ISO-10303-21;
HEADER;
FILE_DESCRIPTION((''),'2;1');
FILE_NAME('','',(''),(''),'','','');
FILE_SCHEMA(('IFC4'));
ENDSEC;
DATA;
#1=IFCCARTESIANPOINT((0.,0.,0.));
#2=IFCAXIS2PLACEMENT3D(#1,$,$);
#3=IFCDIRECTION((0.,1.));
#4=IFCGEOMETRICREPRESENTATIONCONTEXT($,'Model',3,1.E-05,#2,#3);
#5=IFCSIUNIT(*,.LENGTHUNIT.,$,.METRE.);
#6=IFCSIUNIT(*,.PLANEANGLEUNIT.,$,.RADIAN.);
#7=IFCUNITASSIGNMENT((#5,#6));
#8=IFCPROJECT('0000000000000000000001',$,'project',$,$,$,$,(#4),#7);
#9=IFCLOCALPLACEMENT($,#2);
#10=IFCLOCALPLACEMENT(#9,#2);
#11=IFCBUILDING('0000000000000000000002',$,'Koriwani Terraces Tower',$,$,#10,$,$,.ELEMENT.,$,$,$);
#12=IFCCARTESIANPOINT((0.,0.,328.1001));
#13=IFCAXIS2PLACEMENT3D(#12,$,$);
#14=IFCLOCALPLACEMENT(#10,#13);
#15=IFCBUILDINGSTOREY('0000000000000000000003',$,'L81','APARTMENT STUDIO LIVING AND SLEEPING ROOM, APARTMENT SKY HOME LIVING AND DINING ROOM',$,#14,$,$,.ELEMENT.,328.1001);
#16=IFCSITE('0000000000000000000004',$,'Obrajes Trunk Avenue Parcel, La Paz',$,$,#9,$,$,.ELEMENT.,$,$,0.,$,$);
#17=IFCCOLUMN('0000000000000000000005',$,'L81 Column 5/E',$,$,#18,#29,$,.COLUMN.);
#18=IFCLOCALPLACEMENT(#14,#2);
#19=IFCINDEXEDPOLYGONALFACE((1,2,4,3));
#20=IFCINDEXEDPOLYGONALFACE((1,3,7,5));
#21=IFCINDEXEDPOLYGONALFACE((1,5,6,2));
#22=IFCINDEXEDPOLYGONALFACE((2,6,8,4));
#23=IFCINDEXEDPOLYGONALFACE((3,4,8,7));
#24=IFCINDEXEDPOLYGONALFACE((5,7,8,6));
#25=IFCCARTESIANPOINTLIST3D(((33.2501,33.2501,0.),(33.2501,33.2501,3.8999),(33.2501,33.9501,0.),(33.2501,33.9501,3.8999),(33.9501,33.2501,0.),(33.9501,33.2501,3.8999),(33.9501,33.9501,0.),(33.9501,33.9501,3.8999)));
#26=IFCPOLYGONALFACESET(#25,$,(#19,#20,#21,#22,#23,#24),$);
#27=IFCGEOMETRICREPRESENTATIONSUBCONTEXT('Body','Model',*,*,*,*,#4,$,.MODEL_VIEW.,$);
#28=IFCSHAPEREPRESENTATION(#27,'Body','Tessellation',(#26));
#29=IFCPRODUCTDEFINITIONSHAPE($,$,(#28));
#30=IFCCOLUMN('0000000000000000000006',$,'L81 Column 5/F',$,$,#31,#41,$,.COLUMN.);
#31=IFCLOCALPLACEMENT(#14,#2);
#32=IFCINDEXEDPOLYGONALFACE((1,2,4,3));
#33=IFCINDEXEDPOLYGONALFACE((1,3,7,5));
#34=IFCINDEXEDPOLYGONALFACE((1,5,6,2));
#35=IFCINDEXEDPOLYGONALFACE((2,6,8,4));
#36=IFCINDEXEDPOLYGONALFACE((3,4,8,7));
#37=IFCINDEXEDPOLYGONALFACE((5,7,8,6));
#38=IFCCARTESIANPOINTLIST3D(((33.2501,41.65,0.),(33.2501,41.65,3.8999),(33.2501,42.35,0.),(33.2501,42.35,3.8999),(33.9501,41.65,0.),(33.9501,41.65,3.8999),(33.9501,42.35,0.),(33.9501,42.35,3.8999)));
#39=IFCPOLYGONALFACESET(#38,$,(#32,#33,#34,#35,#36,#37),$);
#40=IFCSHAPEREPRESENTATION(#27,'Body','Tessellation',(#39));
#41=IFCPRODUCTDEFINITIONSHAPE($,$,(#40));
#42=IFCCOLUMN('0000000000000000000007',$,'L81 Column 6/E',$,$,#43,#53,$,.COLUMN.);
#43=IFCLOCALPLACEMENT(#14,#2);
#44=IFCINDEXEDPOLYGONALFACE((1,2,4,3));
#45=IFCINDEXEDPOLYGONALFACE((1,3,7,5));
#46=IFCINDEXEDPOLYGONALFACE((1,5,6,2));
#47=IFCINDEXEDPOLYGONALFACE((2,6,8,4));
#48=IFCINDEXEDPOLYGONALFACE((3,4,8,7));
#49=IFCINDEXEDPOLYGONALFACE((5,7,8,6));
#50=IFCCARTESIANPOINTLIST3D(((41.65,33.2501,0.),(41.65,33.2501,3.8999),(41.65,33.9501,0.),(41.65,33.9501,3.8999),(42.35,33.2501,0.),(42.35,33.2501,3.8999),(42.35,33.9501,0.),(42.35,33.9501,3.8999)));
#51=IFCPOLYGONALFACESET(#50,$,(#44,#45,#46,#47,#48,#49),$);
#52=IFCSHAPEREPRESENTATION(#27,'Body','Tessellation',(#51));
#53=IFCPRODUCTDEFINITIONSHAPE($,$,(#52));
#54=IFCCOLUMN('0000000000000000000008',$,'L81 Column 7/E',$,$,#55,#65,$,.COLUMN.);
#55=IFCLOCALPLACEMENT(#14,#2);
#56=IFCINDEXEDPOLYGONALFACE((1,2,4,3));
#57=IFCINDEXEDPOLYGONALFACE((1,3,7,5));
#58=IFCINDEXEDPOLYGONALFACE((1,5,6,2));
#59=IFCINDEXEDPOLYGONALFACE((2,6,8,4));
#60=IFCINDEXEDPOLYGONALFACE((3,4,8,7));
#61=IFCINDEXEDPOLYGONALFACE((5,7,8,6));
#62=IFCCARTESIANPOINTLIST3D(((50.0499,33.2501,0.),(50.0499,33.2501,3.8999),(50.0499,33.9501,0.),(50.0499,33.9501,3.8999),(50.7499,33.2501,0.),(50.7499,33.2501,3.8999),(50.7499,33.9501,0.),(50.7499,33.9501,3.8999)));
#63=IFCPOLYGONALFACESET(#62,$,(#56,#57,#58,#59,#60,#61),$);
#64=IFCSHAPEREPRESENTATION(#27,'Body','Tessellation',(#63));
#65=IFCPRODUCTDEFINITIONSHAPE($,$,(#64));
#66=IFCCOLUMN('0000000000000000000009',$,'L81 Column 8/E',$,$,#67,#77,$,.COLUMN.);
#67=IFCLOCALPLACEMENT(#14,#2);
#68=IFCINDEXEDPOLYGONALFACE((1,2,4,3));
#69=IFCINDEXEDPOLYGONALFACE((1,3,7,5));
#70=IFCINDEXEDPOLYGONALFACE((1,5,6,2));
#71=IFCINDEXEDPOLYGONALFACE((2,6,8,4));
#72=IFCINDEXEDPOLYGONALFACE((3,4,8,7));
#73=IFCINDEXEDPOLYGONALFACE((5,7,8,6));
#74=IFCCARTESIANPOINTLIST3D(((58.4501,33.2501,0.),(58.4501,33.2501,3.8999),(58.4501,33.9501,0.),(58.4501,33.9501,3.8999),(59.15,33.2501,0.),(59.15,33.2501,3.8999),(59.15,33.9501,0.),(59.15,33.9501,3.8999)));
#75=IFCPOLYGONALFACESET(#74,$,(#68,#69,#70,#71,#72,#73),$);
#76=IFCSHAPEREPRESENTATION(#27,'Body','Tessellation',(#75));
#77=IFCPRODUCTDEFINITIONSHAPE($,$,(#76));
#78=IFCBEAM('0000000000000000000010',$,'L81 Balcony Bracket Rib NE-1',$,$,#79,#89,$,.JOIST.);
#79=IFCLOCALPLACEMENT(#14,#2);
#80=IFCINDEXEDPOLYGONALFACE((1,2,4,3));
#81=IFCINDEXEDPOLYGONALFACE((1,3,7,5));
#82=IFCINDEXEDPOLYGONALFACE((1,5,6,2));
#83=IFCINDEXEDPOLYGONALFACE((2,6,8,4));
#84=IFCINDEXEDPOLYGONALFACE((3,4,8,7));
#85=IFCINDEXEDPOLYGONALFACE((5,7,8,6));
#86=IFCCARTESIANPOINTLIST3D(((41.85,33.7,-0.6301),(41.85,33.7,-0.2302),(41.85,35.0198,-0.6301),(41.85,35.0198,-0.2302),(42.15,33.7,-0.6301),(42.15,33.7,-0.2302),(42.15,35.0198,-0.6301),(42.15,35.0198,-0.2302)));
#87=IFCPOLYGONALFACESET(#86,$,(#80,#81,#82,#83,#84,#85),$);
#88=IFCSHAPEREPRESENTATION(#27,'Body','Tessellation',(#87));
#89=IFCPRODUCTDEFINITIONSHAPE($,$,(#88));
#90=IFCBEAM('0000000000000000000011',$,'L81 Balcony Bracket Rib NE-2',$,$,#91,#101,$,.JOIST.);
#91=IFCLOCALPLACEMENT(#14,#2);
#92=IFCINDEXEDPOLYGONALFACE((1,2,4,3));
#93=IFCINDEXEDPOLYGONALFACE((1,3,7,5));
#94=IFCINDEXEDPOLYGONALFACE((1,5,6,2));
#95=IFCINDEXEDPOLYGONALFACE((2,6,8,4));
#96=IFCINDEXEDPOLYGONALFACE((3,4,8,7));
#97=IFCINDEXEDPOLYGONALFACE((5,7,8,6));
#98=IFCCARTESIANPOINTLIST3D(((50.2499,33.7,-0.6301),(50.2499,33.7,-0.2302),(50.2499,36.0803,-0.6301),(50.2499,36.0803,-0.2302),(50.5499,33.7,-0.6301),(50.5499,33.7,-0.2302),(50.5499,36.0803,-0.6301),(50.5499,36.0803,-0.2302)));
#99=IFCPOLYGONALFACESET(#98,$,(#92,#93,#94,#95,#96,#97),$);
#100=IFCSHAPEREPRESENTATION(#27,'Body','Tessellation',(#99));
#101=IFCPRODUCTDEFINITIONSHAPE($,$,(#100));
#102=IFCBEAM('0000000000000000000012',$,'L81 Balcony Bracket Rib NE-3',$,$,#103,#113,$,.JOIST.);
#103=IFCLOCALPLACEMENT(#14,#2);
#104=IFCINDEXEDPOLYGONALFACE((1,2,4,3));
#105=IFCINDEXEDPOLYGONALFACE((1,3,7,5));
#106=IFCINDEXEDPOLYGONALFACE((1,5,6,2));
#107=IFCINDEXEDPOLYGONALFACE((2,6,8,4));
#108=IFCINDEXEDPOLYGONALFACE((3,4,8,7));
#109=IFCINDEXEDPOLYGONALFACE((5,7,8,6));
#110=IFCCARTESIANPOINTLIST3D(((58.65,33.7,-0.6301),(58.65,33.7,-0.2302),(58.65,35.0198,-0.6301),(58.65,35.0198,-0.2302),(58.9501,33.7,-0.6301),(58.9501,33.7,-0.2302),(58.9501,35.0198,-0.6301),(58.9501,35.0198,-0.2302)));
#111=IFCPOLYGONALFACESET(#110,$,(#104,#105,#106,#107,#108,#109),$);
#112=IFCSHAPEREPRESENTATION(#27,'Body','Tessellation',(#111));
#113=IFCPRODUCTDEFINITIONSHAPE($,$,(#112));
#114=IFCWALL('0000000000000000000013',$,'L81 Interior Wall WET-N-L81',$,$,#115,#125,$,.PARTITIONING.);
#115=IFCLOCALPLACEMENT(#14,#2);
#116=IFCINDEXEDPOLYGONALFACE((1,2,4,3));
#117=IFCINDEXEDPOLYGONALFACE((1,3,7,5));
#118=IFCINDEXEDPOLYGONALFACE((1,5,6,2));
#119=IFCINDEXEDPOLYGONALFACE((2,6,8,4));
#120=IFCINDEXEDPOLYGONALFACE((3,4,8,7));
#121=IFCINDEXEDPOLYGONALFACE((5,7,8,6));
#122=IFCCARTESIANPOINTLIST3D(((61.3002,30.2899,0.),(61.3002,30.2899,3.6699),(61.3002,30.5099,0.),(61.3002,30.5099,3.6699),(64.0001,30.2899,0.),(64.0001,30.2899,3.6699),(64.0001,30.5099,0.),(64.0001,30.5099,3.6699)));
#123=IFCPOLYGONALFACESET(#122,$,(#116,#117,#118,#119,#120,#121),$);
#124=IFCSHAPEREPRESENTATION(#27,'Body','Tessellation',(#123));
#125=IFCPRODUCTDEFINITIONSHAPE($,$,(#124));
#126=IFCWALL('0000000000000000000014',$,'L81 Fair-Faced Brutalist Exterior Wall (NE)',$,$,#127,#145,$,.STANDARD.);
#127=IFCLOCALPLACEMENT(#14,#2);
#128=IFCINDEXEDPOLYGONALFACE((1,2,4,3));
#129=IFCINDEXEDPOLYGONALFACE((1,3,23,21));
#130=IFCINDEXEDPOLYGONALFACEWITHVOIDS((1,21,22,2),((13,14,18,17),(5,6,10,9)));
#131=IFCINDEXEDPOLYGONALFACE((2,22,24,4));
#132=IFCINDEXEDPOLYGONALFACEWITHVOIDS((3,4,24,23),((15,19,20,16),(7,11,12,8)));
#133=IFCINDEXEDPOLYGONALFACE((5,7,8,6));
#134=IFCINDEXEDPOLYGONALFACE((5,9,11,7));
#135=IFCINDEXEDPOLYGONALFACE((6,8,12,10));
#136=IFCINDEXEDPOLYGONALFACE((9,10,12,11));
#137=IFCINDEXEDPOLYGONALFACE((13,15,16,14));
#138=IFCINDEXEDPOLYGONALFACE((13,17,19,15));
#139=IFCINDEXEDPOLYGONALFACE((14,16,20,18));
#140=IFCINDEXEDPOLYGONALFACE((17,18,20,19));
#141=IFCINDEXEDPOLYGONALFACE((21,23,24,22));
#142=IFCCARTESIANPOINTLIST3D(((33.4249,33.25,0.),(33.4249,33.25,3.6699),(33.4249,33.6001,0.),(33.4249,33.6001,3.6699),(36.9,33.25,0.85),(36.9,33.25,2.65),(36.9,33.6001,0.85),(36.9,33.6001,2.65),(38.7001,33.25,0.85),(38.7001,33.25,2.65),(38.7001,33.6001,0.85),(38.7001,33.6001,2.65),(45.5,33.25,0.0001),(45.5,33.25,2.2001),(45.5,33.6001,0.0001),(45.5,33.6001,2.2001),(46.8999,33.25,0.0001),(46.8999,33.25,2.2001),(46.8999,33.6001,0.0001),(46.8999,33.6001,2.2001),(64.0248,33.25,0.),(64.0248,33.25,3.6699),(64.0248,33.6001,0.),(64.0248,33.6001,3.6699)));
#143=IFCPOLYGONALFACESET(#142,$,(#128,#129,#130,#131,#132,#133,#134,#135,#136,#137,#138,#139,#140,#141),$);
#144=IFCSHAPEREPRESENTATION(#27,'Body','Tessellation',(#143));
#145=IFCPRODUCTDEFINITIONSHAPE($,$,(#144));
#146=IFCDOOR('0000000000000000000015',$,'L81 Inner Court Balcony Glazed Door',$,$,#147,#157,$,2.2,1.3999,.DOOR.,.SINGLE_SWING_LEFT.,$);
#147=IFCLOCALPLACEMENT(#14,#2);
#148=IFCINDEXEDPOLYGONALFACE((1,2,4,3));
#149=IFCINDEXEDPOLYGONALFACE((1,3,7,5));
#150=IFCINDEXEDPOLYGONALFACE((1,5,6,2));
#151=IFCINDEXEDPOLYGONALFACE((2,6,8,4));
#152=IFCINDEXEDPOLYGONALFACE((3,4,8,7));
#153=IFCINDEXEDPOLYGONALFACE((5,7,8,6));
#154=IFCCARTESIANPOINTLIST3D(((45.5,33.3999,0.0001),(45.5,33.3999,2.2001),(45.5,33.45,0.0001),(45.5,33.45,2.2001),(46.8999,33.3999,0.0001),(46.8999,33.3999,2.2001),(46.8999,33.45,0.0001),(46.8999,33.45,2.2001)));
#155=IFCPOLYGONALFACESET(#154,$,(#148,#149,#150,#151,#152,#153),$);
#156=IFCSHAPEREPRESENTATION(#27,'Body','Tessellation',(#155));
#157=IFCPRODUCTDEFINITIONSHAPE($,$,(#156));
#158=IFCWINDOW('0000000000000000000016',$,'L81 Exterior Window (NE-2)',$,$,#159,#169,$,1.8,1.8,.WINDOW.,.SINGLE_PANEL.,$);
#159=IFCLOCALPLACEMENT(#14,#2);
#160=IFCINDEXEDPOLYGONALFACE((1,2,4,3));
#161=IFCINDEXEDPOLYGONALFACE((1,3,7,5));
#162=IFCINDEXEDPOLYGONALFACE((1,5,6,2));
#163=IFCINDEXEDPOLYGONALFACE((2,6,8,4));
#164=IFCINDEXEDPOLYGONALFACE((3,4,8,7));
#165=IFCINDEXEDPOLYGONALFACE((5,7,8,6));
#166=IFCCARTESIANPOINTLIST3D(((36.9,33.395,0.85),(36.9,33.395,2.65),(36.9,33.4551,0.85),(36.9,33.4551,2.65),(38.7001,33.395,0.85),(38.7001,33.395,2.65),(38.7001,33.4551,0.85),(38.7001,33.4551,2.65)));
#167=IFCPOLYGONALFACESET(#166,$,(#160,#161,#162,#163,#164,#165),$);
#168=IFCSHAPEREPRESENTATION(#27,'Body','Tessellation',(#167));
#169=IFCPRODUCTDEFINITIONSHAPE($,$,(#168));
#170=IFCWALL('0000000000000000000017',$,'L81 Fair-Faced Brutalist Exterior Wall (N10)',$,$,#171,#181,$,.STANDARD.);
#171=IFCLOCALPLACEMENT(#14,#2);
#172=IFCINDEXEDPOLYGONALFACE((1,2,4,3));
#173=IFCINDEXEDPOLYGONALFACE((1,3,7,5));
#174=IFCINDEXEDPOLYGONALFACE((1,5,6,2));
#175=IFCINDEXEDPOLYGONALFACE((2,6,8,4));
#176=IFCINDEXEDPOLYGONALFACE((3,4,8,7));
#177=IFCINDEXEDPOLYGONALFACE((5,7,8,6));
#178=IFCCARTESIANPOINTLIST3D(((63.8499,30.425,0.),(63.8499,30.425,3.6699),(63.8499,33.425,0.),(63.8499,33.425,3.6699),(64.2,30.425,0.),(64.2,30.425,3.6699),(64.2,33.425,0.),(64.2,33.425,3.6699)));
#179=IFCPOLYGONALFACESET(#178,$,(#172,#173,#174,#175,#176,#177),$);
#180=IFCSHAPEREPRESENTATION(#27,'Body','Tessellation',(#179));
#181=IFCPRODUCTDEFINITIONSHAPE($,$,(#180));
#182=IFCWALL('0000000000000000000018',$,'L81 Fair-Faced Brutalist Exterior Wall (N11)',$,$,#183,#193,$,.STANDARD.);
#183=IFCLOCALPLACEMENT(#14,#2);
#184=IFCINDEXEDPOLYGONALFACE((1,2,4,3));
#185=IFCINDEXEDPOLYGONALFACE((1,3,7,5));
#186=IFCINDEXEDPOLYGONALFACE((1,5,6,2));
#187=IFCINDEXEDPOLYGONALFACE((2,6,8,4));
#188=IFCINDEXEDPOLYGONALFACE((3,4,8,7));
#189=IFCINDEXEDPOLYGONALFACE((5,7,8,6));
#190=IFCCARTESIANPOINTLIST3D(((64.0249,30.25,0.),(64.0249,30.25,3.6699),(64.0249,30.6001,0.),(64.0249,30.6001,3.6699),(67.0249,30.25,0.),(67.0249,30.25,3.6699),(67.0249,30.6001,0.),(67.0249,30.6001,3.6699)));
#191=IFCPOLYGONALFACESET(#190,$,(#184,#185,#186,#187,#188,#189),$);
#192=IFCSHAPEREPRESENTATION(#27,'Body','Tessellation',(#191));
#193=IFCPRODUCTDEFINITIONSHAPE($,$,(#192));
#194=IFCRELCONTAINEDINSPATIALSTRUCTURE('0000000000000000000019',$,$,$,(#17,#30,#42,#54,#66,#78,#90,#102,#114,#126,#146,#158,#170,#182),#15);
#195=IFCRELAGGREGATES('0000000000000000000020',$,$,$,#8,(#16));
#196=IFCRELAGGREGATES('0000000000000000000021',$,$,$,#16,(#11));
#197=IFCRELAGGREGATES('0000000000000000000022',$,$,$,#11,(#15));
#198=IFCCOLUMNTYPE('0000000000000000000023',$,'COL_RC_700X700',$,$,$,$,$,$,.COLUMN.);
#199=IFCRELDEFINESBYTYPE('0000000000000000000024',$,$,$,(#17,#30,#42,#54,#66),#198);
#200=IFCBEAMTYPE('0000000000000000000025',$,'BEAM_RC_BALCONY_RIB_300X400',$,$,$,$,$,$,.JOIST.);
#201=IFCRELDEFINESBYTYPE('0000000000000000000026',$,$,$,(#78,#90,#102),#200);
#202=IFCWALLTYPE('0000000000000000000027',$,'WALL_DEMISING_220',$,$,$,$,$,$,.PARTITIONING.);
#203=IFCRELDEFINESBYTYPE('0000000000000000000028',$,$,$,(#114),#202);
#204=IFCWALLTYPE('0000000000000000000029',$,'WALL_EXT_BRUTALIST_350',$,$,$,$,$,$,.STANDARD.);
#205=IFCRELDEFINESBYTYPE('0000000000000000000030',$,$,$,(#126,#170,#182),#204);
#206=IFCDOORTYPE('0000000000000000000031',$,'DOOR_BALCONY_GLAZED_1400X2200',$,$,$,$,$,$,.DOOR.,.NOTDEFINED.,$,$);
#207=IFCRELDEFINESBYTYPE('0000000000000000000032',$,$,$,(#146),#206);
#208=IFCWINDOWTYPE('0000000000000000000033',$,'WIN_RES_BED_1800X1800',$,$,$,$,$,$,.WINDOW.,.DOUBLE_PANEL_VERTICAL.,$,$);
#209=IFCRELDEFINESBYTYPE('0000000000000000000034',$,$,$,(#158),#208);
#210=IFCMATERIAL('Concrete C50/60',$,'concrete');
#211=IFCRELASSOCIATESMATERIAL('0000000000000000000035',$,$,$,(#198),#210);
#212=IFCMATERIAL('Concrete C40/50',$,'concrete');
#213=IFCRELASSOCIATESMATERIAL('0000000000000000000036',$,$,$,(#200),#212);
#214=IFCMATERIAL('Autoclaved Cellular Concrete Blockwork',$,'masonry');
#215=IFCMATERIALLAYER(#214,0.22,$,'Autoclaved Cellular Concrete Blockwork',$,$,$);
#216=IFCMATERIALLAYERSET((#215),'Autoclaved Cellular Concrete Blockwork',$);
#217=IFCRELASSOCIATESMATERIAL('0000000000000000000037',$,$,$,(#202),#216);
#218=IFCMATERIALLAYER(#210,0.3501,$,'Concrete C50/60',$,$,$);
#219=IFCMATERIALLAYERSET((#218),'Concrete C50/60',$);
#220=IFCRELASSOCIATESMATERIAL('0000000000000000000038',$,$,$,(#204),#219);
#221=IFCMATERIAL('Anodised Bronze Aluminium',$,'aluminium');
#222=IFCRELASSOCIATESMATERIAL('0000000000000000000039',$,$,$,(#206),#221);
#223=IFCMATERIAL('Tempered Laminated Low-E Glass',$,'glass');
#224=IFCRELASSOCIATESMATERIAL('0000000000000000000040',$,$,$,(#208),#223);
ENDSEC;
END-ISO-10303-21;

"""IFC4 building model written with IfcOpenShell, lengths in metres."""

from ifc_helpers import new_model, si_unit, direction, frame, frame_2d, origin, origin_2d, place, context, subcontext, project, spatial, rectangle, extrude, material, layer, layer_set, material_profile, profile_set, type_object, element, fill, save


model = new_model("IFC4")

# Units and contexts
model_context = context("Model", 3, precision=1e-05, world=origin(), true_north=direction((0.0, 1.0)))
body_context = subcontext(model_context, "Body", "Model", "MODEL_VIEW")
ifc_project = project(units=[si_unit("LENGTHUNIT", "METRE"), si_unit("PLANEANGLEUNIT", "RADIAN")], contexts=[model_context])

# Site, building, storey
site_placement = place(None, origin())
site = spatial("IfcSite", under=ifc_project, at=site_placement, Name="Obrajes Trunk Avenue Parcel, La Paz", CompositionType="ELEMENT", RefElevation=0.0)
building_placement = place(site_placement, origin())
building = spatial("IfcBuilding", under=site, at=building_placement, Name="Koriwani Terraces Tower", CompositionType="ELEMENT")
storey_placement = place(building_placement, frame((0.0, 0.0, 328.1001)))
storey = spatial("IfcBuildingStorey", under=building, at=storey_placement, Name="L81", Description="APARTMENT STUDIO LIVING AND SLEEPING ROOM, APARTMENT SKY HOME LIVING AND DINING ROOM", CompositionType="ELEMENT", Elevation=328.1001)

# Columns
ifc_material_1 = material(Name="Concrete C50/60", Category="concrete")
ifc_material_profile_1 = material_profile(ifc_material_1, rectangle(XDim=0.7, YDim=0.7, at=origin_2d()), Name="Concrete C50/60", Category="LoadBearing")
ifc_profile_set_1 = profile_set([ifc_material_profile_1], Name="Concrete C50/60")
column_type = type_object("IfcColumnType", Name="COL_RC_700X700", PredefinedType="COLUMN", material=ifc_profile_set_1)
for number, where, z_axis, x_axis, name in (
    (1, (33.6001, 33.6001, 0.0), (0.0, 0.0, 1.0), (1.0, 0.0, 0.0), "L81 Column 5/E"),
    (2, (33.6001, 42.0, 0.0), (0.0, 0.0, 1.0), (1.0, 0.0, 0.0), "L81 Column 5/F"),
    (3, (42.0, 33.6001, 0.0), (0.0, 0.0, 1.0), (1.0, 0.0, 0.0), "L81 Column 6/E"),
    (4, (50.3999, 33.6001, 0.0), (0.0, 0.0, 1.0), (1.0, 0.0, 0.0), "L81 Column 7/E"),
    (5, (58.8, 33.6001, 0.0), (0.0, 0.0, 1.0), (1.0, 0.0, 0.0), "L81 Column 8/E"),
):
    element("IfcColumn", number, at=place(storey_placement, frame(where, z_axis=z_axis, x_axis=x_axis)), inside=storey, type_object=column_type, Name=name, PredefinedType="COLUMN", context=body_context, shape_type="SweptSolid", body=[
        extrude(rectangle(XDim=0.7, YDim=0.7, at=origin_2d()), origin(), (0.0, 0.0, 1.0), 3.8999),
    ])

# Beams
ifc_material_2 = material(Name="Concrete C40/50", Category="concrete")
ifc_material_profile_2 = material_profile(ifc_material_2, rectangle(XDim=0.3, YDim=0.3999, at=origin_2d()), Name="Concrete C40/50", Category="LoadBearing")
ifc_profile_set_2 = profile_set([ifc_material_profile_2], Name="Concrete C40/50")
beam_type = type_object("IfcBeamType", Name="BEAM_RC_BALCONY_RIB_300X400", PredefinedType="JOIST", material=ifc_profile_set_2)
beam_1_placement = place(storey_placement, frame((42.0, 33.7, -0.4302), z_axis=(0.0, 1.0, 0.0), x_axis=(-1.0, 0.0, 0.0)))
element("IfcBeam", 6, at=beam_1_placement, inside=storey, type_object=beam_type, Name="L81 Balcony Bracket Rib NE-1", PredefinedType="JOIST", context=body_context, shape_type="SweptSolid", body=[
    extrude(rectangle(XDim=0.3, YDim=0.3999, at=origin_2d()), origin(), (0.0, 0.0, 1.0), 1.3198),
])
beam_2_placement = place(storey_placement, frame((50.3999, 33.7, -0.4302), z_axis=(0.0, 1.0, 0.0), x_axis=(-1.0, 0.0, 0.0)))
element("IfcBeam", 7, at=beam_2_placement, inside=storey, type_object=beam_type, Name="L81 Balcony Bracket Rib NE-2", PredefinedType="JOIST", context=body_context, shape_type="SweptSolid", body=[
    extrude(rectangle(XDim=0.3, YDim=0.3999, at=origin_2d()), origin(), (0.0, 0.0, 1.0), 2.3804),
])
beam_3_placement = place(storey_placement, frame((58.8, 33.7, -0.4302), z_axis=(0.0, 1.0, 0.0), x_axis=(-1.0, 0.0, 0.0)))
element("IfcBeam", 8, at=beam_3_placement, inside=storey, type_object=beam_type, Name="L81 Balcony Bracket Rib NE-3", PredefinedType="JOIST", context=body_context, shape_type="SweptSolid", body=[
    extrude(rectangle(XDim=0.3, YDim=0.3999, at=origin_2d()), origin(), (0.0, 0.0, 1.0), 1.3198),
])

# Wall
ifc_material_3 = material(Name="Autoclaved Cellular Concrete Blockwork", Category="masonry")
ifc_layer_1 = layer(ifc_material_3, 0.22, Name="Autoclaved Cellular Concrete Blockwork")
ifc_layer_set_1 = layer_set([ifc_layer_1], Name="Autoclaved Cellular Concrete Blockwork")
wall_type_1 = type_object("IfcWallType", Name="WALL_DEMISING_220", PredefinedType="PARTITIONING", material=ifc_layer_set_1)
wall_1_placement = place(storey_placement, frame((61.3, 30.3999, 0.0), z_axis=(0.0, 0.0, 1.0), x_axis=(1.0, 0.0, 0.0)))
element("IfcWall", 9, at=wall_1_placement, inside=storey, type_object=wall_type_1, Name="L81 Interior Wall WET-N-L81", PredefinedType="PARTITIONING", context=body_context, shape_type="SweptSolid", body=[
    extrude(rectangle(XDim=2.7, YDim=0.22, at=frame_2d((1.3501, 0.0))), origin(), (0.0, 0.0, 1.0), 3.6699),
])

# Wall, openings, door, window
ifc_layer_2 = layer(ifc_material_1, 0.3501, Name="Concrete C50/60")
ifc_layer_set_2 = layer_set([ifc_layer_2], Name="Concrete C50/60")
wall_type_2 = type_object("IfcWallType", Name="WALL_EXT_BRUTALIST_350", PredefinedType="STANDARD", material=ifc_layer_set_2)
wall_2_placement = place(storey_placement, frame((33.425, 33.425, 0.0), z_axis=(0.0, 0.0, 1.0), x_axis=(1.0, 0.0, 0.0)))
wall_2 = element("IfcWall", 10, at=wall_2_placement, inside=storey, type_object=wall_type_2, Name="L81 Fair-Faced Brutalist Exterior Wall (NE)", PredefinedType="STANDARD", context=body_context, shape_type="SweptSolid", body=[
    extrude(rectangle(XDim=30.5999, YDim=0.3501, at=frame_2d((15.2998, 0.0))), origin(), (0.0, 0.0, 1.0), 3.6699),
])
opening_1_placement = place(wall_2_placement, frame((12.075, 0.0, 0.0)))
opening_1 = element("IfcOpeningElement", 11, at=opening_1_placement, cuts=wall_2, PredefinedType="OPENING", context=body_context, shape_type="SweptSolid", body=[
    extrude(rectangle(XDim=1.3999, YDim=2.2, at=frame_2d((0.7, 1.1001))), frame((0.0, 0.1851, 0.0), z_axis=(0.0, -1.0, 0.0), x_axis=(1.0, 0.0, 0.0)), (0.0, 0.0, 1.0), 0.3701),
])
opening_2_placement = place(wall_2_placement, frame((3.4751, 0.0, 0.8501)))
opening_2 = element("IfcOpeningElement", 12, at=opening_2_placement, cuts=wall_2, PredefinedType="OPENING", context=body_context, shape_type="SweptSolid", body=[
    extrude(rectangle(XDim=1.8, YDim=1.8, at=frame_2d((0.8999, 0.8999))), frame((0.0, 0.1851, 0.0), z_axis=(0.0, -1.0, 0.0), x_axis=(1.0, 0.0, 0.0)), (0.0, 0.0, 1.0), 0.3701),
])
ifc_material_4 = material(Name="Anodised Bronze Aluminium", Category="aluminium")
door_type_1 = type_object("IfcDoorType", Name="DOOR_BALCONY_GLAZED_1400X2200", OperationType="NOTDEFINED", PredefinedType="DOOR", material=ifc_material_4)
door_1_placement = place(opening_1_placement, origin())
door_1 = element("IfcDoor", 13, at=door_1_placement, inside=storey, type_object=door_type_1, Name="L81 Inner Court Balcony Glazed Door", OperationType="SINGLE_SWING_LEFT", OverallHeight=2.2, OverallWidth=1.3999, PredefinedType="DOOR", context=body_context, shape_type="SweptSolid", body=[
    extrude(rectangle(XDim=1.3999, YDim=2.2, at=frame_2d((0.7, 1.1001))), frame((0.0, 0.0249, 0.0), z_axis=(0.0, -1.0, 0.0), x_axis=(1.0, 0.0, 0.0)), (0.0, 0.0, 1.0), 0.05),
])
fill(opening_1, door_1)
ifc_material_5 = material(Name="Tempered Laminated Low-E Glass", Category="glass")
window_type_1 = type_object("IfcWindowType", Name="WIN_RES_BED_1800X1800", PartitioningType="DOUBLE_PANEL_VERTICAL", PredefinedType="WINDOW", material=ifc_material_5)
window_1_placement = place(opening_2_placement, origin())
window_1 = element("IfcWindow", 14, at=window_1_placement, inside=storey, type_object=window_type_1, Name="L81 Exterior Window (NE-2)", OverallHeight=1.8, OverallWidth=1.8, PartitioningType="SINGLE_PANEL", PredefinedType="WINDOW", context=body_context, shape_type="SweptSolid", body=[
    extrude(rectangle(XDim=1.8, YDim=1.8, at=frame_2d((0.8999, 0.8999))), frame((0.0, 0.03, 0.0), z_axis=(0.0, -1.0, 0.0), x_axis=(1.0, 0.0, 0.0)), (0.0, 0.0, 1.0), 0.0601),
])
fill(opening_2, window_1)

# Walls
for number, where, z_axis, x_axis, name in (
    (15, (64.0249, 33.425, 0.0), (0.0, 0.0, 1.0), (0.0, -1.0, 0.0), "L81 Fair-Faced Brutalist Exterior Wall (N10)"),
    (16, (64.0249, 30.425, 0.0), (0.0, 0.0, 1.0), (1.0, 0.0, 0.0), "L81 Fair-Faced Brutalist Exterior Wall (N11)"),
):
    element("IfcWall", number, at=place(storey_placement, frame(where, z_axis=z_axis, x_axis=x_axis)), inside=storey, type_object=wall_type_2, Name=name, PredefinedType="STANDARD", context=body_context, shape_type="SweptSolid", body=[
        extrude(rectangle(XDim=3.0, YDim=0.3501, at=frame_2d((1.5, 0.0))), origin(), (0.0, 0.0, 1.0), 3.6699),
    ])

save(model, "model.ifc")
